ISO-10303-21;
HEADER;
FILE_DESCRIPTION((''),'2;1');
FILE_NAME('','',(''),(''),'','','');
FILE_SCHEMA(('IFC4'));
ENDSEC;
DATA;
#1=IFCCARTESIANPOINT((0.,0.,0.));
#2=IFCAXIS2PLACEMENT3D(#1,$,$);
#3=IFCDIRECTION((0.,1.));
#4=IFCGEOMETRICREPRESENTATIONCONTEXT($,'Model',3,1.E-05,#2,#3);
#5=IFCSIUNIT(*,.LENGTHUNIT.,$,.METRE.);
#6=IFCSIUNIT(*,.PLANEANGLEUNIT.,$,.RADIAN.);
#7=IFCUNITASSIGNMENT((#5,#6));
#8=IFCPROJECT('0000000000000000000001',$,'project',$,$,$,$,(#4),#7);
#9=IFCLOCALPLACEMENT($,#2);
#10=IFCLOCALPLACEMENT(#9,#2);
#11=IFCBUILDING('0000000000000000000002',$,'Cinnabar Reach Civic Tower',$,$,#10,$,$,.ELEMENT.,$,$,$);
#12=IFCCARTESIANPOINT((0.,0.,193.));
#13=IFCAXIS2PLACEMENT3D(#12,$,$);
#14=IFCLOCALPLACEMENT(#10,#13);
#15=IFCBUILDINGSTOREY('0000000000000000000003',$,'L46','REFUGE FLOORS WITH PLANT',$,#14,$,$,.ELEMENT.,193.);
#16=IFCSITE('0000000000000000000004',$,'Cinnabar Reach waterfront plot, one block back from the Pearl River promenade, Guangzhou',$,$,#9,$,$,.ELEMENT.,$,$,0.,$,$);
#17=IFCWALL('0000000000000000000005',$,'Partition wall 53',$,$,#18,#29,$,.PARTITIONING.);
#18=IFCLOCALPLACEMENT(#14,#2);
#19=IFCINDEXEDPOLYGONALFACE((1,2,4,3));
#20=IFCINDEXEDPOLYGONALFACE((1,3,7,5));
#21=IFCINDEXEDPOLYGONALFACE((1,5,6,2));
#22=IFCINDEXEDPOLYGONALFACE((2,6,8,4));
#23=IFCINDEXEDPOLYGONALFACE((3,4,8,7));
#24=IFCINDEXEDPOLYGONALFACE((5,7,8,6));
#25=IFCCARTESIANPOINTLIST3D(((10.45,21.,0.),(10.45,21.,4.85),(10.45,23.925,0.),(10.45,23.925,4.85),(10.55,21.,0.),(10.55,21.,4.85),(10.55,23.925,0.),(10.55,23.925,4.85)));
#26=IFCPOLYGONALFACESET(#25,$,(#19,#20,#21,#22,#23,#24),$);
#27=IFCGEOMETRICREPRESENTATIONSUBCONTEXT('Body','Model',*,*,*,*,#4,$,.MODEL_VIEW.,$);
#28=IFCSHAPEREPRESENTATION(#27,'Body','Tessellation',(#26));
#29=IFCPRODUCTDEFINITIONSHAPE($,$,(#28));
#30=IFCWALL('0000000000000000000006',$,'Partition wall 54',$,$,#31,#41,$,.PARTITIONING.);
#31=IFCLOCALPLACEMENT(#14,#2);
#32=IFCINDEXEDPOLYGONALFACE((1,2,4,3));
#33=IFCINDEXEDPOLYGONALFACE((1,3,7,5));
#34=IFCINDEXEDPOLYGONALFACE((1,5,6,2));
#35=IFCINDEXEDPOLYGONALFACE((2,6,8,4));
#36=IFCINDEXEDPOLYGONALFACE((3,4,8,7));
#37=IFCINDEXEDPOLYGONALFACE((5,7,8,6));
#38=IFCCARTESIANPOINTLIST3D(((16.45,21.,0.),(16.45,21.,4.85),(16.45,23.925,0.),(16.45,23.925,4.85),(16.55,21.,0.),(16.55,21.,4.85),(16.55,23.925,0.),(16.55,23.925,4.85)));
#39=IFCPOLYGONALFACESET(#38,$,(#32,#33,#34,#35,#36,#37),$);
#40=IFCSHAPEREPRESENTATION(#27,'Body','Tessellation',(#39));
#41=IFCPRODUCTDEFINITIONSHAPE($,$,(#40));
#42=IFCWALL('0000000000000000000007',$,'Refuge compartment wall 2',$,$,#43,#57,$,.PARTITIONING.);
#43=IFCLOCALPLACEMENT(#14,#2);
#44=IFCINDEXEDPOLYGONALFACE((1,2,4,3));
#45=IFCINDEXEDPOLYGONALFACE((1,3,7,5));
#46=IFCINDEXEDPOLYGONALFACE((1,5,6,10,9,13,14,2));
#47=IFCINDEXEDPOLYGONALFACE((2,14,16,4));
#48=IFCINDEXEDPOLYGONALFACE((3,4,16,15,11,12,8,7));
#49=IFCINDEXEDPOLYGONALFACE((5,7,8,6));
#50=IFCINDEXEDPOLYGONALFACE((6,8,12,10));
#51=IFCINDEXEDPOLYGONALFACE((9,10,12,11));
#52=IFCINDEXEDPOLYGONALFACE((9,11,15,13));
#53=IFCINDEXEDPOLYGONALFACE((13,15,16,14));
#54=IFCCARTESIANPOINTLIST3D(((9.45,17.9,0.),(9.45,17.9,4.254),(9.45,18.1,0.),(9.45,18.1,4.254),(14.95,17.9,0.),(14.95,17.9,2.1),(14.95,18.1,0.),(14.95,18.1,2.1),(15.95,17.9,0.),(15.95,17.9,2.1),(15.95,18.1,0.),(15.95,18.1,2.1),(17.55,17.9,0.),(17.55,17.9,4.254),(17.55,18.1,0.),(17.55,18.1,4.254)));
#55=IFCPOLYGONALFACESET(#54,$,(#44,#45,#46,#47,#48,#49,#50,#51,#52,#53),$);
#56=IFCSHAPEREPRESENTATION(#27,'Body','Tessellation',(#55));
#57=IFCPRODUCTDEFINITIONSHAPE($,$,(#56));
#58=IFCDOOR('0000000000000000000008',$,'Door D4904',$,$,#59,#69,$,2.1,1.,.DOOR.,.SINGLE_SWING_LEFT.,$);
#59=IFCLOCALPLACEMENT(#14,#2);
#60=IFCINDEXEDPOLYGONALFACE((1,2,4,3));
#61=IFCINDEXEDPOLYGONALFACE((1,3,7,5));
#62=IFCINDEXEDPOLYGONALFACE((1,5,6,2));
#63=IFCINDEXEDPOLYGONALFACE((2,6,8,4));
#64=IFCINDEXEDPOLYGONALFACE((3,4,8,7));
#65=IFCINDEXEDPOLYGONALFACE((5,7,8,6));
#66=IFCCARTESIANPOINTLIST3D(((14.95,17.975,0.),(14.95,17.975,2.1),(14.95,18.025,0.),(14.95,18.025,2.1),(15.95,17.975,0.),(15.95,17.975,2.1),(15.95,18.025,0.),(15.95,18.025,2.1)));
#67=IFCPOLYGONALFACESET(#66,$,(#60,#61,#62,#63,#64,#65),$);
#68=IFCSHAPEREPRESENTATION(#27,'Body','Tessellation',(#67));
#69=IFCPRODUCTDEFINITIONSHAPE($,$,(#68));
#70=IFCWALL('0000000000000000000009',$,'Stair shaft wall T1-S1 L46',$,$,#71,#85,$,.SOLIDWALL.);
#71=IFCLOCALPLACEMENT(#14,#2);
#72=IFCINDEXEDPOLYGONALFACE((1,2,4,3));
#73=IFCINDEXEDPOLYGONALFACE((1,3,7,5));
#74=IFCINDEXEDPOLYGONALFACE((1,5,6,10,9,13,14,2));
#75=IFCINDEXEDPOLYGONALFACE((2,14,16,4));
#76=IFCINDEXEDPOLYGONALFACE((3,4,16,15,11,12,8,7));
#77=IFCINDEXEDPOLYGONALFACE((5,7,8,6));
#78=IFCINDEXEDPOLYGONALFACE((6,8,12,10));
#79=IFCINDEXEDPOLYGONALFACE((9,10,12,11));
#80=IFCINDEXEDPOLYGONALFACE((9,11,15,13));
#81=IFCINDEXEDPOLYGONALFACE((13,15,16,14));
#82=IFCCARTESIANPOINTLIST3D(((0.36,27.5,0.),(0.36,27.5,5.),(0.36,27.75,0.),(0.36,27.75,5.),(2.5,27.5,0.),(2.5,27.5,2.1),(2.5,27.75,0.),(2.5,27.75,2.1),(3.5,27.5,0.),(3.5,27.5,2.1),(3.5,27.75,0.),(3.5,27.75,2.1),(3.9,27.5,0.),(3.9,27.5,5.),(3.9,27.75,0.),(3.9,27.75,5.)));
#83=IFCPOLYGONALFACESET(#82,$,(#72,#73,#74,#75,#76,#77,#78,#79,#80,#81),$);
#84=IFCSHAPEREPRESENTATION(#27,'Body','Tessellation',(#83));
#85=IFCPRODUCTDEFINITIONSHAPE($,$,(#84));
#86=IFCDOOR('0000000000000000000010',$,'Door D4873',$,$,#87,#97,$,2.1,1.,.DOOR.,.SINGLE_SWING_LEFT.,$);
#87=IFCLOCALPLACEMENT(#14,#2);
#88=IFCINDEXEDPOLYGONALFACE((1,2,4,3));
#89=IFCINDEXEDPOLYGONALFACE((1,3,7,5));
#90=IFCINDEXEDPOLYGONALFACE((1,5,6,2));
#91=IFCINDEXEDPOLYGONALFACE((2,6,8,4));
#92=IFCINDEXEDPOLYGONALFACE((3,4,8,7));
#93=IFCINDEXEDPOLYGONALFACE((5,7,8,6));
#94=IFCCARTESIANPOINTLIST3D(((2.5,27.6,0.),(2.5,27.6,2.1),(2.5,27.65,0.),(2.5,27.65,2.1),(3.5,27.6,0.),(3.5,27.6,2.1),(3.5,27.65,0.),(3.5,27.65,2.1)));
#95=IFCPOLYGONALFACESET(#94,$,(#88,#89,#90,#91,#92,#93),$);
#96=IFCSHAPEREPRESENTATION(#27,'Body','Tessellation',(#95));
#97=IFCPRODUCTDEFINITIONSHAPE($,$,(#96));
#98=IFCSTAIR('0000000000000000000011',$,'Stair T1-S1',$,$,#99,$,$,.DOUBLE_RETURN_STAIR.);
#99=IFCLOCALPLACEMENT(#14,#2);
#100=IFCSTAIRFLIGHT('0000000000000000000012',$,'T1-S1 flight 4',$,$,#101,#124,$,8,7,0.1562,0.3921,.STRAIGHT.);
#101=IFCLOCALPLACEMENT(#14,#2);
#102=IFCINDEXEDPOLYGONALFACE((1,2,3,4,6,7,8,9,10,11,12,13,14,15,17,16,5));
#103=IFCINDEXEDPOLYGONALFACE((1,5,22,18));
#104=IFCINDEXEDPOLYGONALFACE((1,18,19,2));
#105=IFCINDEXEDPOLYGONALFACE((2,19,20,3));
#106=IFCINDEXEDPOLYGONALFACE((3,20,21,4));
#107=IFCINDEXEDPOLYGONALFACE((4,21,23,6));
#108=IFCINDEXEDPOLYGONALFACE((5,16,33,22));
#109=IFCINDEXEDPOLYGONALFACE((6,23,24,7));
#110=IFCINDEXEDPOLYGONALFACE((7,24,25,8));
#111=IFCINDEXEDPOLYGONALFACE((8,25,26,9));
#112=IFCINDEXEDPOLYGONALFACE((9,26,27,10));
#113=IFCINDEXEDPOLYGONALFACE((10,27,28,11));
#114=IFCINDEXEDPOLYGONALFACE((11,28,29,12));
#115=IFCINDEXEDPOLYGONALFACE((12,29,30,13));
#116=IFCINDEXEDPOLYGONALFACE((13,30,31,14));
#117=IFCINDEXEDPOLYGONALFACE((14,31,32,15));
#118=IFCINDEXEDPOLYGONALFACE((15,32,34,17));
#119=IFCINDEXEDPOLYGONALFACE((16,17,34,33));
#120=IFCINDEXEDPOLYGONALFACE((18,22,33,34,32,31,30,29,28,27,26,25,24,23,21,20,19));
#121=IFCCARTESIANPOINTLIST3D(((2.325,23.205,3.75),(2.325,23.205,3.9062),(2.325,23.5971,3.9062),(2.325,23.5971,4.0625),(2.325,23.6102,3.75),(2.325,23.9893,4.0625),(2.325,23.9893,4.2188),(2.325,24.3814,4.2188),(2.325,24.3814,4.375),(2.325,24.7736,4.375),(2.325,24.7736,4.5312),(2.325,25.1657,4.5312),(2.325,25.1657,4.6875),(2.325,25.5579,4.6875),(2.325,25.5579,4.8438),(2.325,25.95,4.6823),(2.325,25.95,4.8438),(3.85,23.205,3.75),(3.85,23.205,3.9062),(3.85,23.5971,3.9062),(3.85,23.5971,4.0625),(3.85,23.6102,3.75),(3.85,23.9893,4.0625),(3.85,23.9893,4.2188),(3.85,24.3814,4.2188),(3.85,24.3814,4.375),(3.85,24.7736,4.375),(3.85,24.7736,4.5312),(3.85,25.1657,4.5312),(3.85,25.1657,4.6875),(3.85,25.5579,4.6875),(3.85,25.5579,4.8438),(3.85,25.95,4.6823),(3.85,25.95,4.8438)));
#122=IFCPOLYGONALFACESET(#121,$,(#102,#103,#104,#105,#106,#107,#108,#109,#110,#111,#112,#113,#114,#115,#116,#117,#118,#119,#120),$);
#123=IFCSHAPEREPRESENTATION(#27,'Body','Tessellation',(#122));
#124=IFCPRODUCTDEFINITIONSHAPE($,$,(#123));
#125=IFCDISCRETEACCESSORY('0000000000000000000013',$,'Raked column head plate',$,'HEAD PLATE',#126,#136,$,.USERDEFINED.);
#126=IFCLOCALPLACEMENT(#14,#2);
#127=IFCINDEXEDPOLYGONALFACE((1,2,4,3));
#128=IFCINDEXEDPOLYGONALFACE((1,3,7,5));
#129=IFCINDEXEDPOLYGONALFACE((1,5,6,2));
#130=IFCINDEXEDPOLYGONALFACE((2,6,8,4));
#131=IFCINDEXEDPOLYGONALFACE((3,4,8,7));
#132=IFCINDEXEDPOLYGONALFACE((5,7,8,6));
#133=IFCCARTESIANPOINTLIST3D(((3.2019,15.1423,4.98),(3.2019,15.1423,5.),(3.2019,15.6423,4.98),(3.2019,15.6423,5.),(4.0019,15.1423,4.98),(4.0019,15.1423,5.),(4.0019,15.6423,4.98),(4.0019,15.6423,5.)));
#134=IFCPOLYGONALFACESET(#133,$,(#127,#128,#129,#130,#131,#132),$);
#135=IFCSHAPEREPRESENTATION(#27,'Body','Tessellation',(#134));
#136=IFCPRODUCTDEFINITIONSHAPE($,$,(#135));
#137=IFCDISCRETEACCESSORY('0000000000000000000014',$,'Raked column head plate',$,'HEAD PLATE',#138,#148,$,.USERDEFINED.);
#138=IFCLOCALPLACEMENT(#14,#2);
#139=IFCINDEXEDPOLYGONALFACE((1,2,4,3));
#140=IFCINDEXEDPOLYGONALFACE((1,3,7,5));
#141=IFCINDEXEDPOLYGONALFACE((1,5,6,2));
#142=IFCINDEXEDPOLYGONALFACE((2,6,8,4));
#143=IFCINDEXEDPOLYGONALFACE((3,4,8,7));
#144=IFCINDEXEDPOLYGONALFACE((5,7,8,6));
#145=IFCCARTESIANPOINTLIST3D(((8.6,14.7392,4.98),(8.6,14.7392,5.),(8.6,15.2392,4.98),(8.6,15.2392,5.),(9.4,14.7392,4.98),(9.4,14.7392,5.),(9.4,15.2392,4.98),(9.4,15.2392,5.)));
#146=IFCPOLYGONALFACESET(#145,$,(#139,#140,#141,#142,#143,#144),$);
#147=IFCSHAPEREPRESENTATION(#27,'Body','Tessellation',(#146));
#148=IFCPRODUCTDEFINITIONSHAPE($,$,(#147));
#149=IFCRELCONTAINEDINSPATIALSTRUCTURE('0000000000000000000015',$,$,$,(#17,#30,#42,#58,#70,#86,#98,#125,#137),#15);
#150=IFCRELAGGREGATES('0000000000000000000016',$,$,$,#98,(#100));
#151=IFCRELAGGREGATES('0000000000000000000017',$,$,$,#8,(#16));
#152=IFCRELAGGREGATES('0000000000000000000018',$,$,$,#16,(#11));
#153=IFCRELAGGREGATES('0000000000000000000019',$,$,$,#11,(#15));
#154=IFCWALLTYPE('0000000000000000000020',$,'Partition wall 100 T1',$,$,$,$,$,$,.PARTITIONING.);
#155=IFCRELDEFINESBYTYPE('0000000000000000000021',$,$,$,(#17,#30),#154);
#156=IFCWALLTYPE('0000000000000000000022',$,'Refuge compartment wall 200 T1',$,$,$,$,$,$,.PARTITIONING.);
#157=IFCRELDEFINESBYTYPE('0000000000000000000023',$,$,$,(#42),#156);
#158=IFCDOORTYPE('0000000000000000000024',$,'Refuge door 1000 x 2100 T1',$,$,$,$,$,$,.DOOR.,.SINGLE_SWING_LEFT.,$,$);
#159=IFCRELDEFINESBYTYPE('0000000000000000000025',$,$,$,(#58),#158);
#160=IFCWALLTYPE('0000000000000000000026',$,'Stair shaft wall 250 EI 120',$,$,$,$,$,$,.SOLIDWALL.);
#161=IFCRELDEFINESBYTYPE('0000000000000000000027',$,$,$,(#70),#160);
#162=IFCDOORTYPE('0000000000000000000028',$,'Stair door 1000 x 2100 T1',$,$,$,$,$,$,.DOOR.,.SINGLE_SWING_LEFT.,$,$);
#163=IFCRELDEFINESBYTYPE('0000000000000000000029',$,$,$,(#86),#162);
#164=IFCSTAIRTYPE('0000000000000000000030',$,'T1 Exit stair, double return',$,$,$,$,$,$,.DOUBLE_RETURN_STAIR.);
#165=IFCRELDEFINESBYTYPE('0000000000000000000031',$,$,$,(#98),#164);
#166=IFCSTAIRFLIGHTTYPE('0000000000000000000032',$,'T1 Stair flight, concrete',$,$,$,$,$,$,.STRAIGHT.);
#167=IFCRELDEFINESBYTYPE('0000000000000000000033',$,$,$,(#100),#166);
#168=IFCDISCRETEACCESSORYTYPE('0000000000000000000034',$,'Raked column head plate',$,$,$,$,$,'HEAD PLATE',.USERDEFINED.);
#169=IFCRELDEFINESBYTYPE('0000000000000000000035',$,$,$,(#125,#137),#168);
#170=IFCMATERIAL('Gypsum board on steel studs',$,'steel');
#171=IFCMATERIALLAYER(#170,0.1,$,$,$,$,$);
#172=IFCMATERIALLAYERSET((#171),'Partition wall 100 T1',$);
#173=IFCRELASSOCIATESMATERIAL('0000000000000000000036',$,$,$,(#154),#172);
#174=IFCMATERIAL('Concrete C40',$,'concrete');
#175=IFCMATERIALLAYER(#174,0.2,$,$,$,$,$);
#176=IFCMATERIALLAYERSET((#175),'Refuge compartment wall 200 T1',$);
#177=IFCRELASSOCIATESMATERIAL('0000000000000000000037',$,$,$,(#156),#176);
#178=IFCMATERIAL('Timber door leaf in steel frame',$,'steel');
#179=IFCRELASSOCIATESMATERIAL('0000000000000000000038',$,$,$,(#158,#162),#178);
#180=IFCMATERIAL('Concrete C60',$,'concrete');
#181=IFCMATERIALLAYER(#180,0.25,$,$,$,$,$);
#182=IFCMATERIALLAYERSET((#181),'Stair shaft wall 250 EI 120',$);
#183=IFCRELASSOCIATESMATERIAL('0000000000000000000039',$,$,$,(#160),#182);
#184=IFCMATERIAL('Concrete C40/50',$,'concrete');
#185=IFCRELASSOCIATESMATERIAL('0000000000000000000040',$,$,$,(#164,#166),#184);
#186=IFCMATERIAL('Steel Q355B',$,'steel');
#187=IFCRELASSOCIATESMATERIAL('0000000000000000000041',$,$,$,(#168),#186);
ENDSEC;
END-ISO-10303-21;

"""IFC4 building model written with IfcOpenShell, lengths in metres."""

from ifc_helpers import new_model, si_unit, direction, frame, frame_2d, origin, origin_2d, place, context, subcontext, project, spatial, polyline, rectangle, outline, extrude, material, layer, layer_set, type_object, element, fill, aggregate, save


model = new_model("IFC4")

# Units and contexts
model_context = context("Model", 3, precision=1e-05, world=origin(), true_north=direction((0.0, 1.0)))
body_context = subcontext(model_context, "Body", "Model", "MODEL_VIEW")
ifc_project = project(units=[si_unit("LENGTHUNIT", "METRE"), si_unit("PLANEANGLEUNIT", "RADIAN")], contexts=[model_context])

# Site, building, storey
site_placement = place(None, origin())
site = spatial("IfcSite", under=ifc_project, at=site_placement, Name="Cinnabar Reach waterfront plot, one block back from the Pearl River promenade, Guangzhou", CompositionType="ELEMENT", RefElevation=0.0)
building_placement = place(site_placement, origin())
building = spatial("IfcBuilding", under=site, at=building_placement, Name="Cinnabar Reach Civic Tower", CompositionType="ELEMENT")
storey_placement = place(building_placement, frame((0.0, 0.0, 193.0)))
storey = spatial("IfcBuildingStorey", under=building, at=storey_placement, Name="L46", Description="REFUGE FLOORS WITH PLANT", CompositionType="ELEMENT", Elevation=193.0)

# Shared definitions
ifc_material_1 = material(Name="Steel Q355B", Category="steel")

# Shared definitions
ifc_material_2 = material(Name="Timber door leaf in steel frame", Category="steel")

# Walls
ifc_material_3 = material(Name="Gypsum board on steel studs", Category="steel")
ifc_layer_1 = layer(ifc_material_3, 0.1)
ifc_layer_set_1 = layer_set([ifc_layer_1], Name="Partition wall 100 T1")
wall_type_1 = type_object("IfcWallType", Name="Partition wall 100 T1", PredefinedType="PARTITIONING", material=ifc_layer_set_1)
for number, where, z_axis, x_axis, name in (
    (1, (10.5, 21.0, 0.0), (0.0, 0.0, 1.0), (0.0, 1.0, 0.0), "Partition wall 53"),
    (2, (16.5, 21.0, 0.0), (0.0, 0.0, 1.0), (0.0, 1.0, 0.0), "Partition wall 54"),
):
    element("IfcWall", number, at=place(storey_placement, frame(where, z_axis=z_axis, x_axis=x_axis)), inside=storey, type_object=wall_type_1, Name=name, PredefinedType="PARTITIONING", context=body_context, shape_type="SweptSolid", body=[
        extrude(rectangle(XDim=2.925, YDim=0.1, at=frame_2d((1.4625, 0.0))), origin(), (0.0, 0.0, 1.0), 4.85),
    ])

# Walls, openings, doors
ifc_material_4 = material(Name="Concrete C40", Category="concrete")
ifc_layer_2 = layer(ifc_material_4, 0.2)
ifc_layer_set_2 = layer_set([ifc_layer_2], Name="Refuge compartment wall 200 T1")
wall_type_2 = type_object("IfcWallType", Name="Refuge compartment wall 200 T1", PredefinedType="PARTITIONING", material=ifc_layer_set_2)
wall_1_placement = place(storey_placement, frame((9.45, 18.0, 0.0), z_axis=(0.0, 0.0, 1.0), x_axis=(1.0, 0.0, 0.0)))
wall_1 = element("IfcWall", 3, at=wall_1_placement, inside=storey, type_object=wall_type_2, Name="Refuge compartment wall 2", PredefinedType="PARTITIONING", context=body_context, shape_type="SweptSolid", body=[
    extrude(rectangle(XDim=8.1, YDim=0.2, at=frame_2d((4.05, 0.0))), origin(), (0.0, 0.0, 1.0), 4.254),
])
opening_1_placement = place(wall_1_placement, frame((5.5, 0.0, 0.0)))
opening_1 = element("IfcOpeningElement", 4, at=opening_1_placement, cuts=wall_1, PredefinedType="OPENING", context=body_context, shape_type="SweptSolid", body=[
    extrude(rectangle(XDim=1.0, YDim=2.1, at=frame_2d((0.5, 1.05))), frame((0.0, 0.11, 0.0), z_axis=(0.0, -1.0, 0.0), x_axis=(1.0, 0.0, 0.0)), (0.0, 0.0, 1.0), 0.22),
])
door_type_1 = type_object("IfcDoorType", Name="Refuge door 1000 x 2100 T1", OperationType="SINGLE_SWING_LEFT", PredefinedType="DOOR", material=ifc_material_2)
door_1_placement = place(opening_1_placement, origin())
door_1 = element("IfcDoor", 5, at=door_1_placement, inside=storey, type_object=door_type_1, Name="Door D4904", OperationType="SINGLE_SWING_LEFT", OverallHeight=2.1, OverallWidth=1.0, PredefinedType="DOOR", context=body_context, shape_type="SweptSolid", body=[
    extrude(rectangle(XDim=1.0, YDim=2.1, at=frame_2d((0.5, 1.05))), frame((0.0, 0.025, 0.0), z_axis=(0.0, -1.0, 0.0), x_axis=(1.0, 0.0, 0.0)), (0.0, 0.0, 1.0), 0.05),
])
fill(opening_1, door_1)
ifc_material_5 = material(Name="Concrete C60", Category="concrete")
ifc_layer_3 = layer(ifc_material_5, 0.25)
ifc_layer_set_3 = layer_set([ifc_layer_3], Name="Stair shaft wall 250 EI 120")
wall_type_3 = type_object("IfcWallType", Name="Stair shaft wall 250 EI 120", PredefinedType="SOLIDWALL", material=ifc_layer_set_3)
wall_2_placement = place(storey_placement, frame((3.9, 27.625, 0.0), z_axis=(0.0, 0.0, 1.0), x_axis=(-1.0, 0.0, 0.0)))
wall_2 = element("IfcWall", 6, at=wall_2_placement, inside=storey, type_object=wall_type_3, Name="Stair shaft wall T1-S1 L46", PredefinedType="SOLIDWALL", context=body_context, shape_type="SweptSolid", body=[
    extrude(rectangle(XDim=3.54, YDim=0.25, at=frame_2d((1.77, 0.0))), origin(), (0.0, 0.0, 1.0), 5.0),
])
opening_2_placement = place(wall_2_placement, frame((0.4, 0.0, 0.0)))
opening_2 = element("IfcOpeningElement", 7, at=opening_2_placement, cuts=wall_2, PredefinedType="OPENING", context=body_context, shape_type="SweptSolid", body=[
    extrude(rectangle(XDim=1.0, YDim=2.1, at=frame_2d((0.5, 1.05))), frame((0.0, 0.135, 0.0), z_axis=(0.0, -1.0, 0.0), x_axis=(1.0, 0.0, 0.0)), (0.0, 0.0, 1.0), 0.27),
])
door_type_2 = type_object("IfcDoorType", Name="Stair door 1000 x 2100 T1", OperationType="SINGLE_SWING_LEFT", PredefinedType="DOOR", material=ifc_material_2)
door_2_placement = place(opening_2_placement, origin())
door_2 = element("IfcDoor", 8, at=door_2_placement, inside=storey, type_object=door_type_2, Name="Door D4873", OperationType="SINGLE_SWING_LEFT", OverallHeight=2.1, OverallWidth=1.0, PredefinedType="DOOR", context=body_context, shape_type="SweptSolid", body=[
    extrude(rectangle(XDim=1.0, YDim=2.1, at=frame_2d((0.5, 1.05))), frame((0.0, 0.025, 0.0), z_axis=(0.0, -1.0, 0.0), x_axis=(1.0, 0.0, 0.0)), (0.0, 0.0, 1.0), 0.05),
])
fill(opening_2, door_2)

# Stair, stair flight
ifc_material_6 = material(Name="Concrete C40/50", Category="concrete")
stair_type = type_object("IfcStairType", Name="T1 Exit stair, double return", PredefinedType="DOUBLE_RETURN_STAIR", material=ifc_material_6)
stair_placement = place(storey_placement, origin())
stair = element("IfcStair", 9, at=stair_placement, inside=storey, type_object=stair_type, Name="Stair T1-S1", PredefinedType="DOUBLE_RETURN_STAIR")
stair_flight_type = type_object("IfcStairFlightType", Name="T1 Stair flight, concrete", PredefinedType="STRAIGHT", material=ifc_material_6)
stair_flight_placement = place(storey_placement, frame((3.0875, 23.205, 3.75), z_axis=(0.0, 0.0, 1.0), x_axis=(0.0, 1.0, 0.0)))
stair_flight = element("IfcStairFlight", 10, at=stair_flight_placement, type_object=stair_flight_type, Name="T1-S1 flight 4", NumberOfRisers=8, NumberOfTreads=7, PredefinedType="STRAIGHT", RiserHeight=0.1562, TreadLength=0.3921, context=body_context, shape_type="SweptSolid", body=[
    extrude(outline(polyline([(0.0, 0.0), (0.0, 0.1562), (0.3921, 0.1562), (0.3921, 0.3125), (0.7843, 0.3125), (0.7843, 0.4688), (1.1764, 0.4688), (1.1764, 0.625), (1.5686, 0.625), (1.5686, 0.7812), (1.9607, 0.7812), (1.9607, 0.9375), (2.3529, 0.9375), (2.3529, 1.0938), (2.745, 1.0938), (2.745, 1.25), (2.745, 0.9323), (0.4052, 0.0), (0.0, 0.0)])), frame((0.0, 0.7625, 0.0), z_axis=(0.0, -1.0, 0.0), x_axis=(1.0, 0.0, 0.0)), (0.0, 0.0, 1.0), 1.525),
])
aggregate(stair, [stair_flight])

# Discrete accessories
discrete_accessory_type = type_object("IfcDiscreteAccessoryType", Name="Raked column head plate", ElementType="HEAD PLATE", PredefinedType="USERDEFINED", material=ifc_material_1)
for number, where, z_axis, x_axis, name in (
    (11, (3.6019, 15.3923, 4.98), (0.0, 0.0, 1.0), (0.0, 1.0, 0.0), "Raked column head plate"),
    (12, (9.0, 14.9892, 4.98), (0.0, 0.0, 1.0), (0.0, 1.0, 0.0), "Raked column head plate"),
):
    element("IfcDiscreteAccessory", number, at=place(storey_placement, frame(where, z_axis=z_axis, x_axis=x_axis)), inside=storey, type_object=discrete_accessory_type, Name=name, ObjectType="HEAD PLATE", PredefinedType="USERDEFINED", context=body_context, shape_type="SweptSolid", body=[
        extrude(rectangle(XDim=0.5, YDim=0.8, at=origin_2d()), origin(), (0.0, 0.0, 1.0), 0.02),
    ])

save(model, "model.ifc")
